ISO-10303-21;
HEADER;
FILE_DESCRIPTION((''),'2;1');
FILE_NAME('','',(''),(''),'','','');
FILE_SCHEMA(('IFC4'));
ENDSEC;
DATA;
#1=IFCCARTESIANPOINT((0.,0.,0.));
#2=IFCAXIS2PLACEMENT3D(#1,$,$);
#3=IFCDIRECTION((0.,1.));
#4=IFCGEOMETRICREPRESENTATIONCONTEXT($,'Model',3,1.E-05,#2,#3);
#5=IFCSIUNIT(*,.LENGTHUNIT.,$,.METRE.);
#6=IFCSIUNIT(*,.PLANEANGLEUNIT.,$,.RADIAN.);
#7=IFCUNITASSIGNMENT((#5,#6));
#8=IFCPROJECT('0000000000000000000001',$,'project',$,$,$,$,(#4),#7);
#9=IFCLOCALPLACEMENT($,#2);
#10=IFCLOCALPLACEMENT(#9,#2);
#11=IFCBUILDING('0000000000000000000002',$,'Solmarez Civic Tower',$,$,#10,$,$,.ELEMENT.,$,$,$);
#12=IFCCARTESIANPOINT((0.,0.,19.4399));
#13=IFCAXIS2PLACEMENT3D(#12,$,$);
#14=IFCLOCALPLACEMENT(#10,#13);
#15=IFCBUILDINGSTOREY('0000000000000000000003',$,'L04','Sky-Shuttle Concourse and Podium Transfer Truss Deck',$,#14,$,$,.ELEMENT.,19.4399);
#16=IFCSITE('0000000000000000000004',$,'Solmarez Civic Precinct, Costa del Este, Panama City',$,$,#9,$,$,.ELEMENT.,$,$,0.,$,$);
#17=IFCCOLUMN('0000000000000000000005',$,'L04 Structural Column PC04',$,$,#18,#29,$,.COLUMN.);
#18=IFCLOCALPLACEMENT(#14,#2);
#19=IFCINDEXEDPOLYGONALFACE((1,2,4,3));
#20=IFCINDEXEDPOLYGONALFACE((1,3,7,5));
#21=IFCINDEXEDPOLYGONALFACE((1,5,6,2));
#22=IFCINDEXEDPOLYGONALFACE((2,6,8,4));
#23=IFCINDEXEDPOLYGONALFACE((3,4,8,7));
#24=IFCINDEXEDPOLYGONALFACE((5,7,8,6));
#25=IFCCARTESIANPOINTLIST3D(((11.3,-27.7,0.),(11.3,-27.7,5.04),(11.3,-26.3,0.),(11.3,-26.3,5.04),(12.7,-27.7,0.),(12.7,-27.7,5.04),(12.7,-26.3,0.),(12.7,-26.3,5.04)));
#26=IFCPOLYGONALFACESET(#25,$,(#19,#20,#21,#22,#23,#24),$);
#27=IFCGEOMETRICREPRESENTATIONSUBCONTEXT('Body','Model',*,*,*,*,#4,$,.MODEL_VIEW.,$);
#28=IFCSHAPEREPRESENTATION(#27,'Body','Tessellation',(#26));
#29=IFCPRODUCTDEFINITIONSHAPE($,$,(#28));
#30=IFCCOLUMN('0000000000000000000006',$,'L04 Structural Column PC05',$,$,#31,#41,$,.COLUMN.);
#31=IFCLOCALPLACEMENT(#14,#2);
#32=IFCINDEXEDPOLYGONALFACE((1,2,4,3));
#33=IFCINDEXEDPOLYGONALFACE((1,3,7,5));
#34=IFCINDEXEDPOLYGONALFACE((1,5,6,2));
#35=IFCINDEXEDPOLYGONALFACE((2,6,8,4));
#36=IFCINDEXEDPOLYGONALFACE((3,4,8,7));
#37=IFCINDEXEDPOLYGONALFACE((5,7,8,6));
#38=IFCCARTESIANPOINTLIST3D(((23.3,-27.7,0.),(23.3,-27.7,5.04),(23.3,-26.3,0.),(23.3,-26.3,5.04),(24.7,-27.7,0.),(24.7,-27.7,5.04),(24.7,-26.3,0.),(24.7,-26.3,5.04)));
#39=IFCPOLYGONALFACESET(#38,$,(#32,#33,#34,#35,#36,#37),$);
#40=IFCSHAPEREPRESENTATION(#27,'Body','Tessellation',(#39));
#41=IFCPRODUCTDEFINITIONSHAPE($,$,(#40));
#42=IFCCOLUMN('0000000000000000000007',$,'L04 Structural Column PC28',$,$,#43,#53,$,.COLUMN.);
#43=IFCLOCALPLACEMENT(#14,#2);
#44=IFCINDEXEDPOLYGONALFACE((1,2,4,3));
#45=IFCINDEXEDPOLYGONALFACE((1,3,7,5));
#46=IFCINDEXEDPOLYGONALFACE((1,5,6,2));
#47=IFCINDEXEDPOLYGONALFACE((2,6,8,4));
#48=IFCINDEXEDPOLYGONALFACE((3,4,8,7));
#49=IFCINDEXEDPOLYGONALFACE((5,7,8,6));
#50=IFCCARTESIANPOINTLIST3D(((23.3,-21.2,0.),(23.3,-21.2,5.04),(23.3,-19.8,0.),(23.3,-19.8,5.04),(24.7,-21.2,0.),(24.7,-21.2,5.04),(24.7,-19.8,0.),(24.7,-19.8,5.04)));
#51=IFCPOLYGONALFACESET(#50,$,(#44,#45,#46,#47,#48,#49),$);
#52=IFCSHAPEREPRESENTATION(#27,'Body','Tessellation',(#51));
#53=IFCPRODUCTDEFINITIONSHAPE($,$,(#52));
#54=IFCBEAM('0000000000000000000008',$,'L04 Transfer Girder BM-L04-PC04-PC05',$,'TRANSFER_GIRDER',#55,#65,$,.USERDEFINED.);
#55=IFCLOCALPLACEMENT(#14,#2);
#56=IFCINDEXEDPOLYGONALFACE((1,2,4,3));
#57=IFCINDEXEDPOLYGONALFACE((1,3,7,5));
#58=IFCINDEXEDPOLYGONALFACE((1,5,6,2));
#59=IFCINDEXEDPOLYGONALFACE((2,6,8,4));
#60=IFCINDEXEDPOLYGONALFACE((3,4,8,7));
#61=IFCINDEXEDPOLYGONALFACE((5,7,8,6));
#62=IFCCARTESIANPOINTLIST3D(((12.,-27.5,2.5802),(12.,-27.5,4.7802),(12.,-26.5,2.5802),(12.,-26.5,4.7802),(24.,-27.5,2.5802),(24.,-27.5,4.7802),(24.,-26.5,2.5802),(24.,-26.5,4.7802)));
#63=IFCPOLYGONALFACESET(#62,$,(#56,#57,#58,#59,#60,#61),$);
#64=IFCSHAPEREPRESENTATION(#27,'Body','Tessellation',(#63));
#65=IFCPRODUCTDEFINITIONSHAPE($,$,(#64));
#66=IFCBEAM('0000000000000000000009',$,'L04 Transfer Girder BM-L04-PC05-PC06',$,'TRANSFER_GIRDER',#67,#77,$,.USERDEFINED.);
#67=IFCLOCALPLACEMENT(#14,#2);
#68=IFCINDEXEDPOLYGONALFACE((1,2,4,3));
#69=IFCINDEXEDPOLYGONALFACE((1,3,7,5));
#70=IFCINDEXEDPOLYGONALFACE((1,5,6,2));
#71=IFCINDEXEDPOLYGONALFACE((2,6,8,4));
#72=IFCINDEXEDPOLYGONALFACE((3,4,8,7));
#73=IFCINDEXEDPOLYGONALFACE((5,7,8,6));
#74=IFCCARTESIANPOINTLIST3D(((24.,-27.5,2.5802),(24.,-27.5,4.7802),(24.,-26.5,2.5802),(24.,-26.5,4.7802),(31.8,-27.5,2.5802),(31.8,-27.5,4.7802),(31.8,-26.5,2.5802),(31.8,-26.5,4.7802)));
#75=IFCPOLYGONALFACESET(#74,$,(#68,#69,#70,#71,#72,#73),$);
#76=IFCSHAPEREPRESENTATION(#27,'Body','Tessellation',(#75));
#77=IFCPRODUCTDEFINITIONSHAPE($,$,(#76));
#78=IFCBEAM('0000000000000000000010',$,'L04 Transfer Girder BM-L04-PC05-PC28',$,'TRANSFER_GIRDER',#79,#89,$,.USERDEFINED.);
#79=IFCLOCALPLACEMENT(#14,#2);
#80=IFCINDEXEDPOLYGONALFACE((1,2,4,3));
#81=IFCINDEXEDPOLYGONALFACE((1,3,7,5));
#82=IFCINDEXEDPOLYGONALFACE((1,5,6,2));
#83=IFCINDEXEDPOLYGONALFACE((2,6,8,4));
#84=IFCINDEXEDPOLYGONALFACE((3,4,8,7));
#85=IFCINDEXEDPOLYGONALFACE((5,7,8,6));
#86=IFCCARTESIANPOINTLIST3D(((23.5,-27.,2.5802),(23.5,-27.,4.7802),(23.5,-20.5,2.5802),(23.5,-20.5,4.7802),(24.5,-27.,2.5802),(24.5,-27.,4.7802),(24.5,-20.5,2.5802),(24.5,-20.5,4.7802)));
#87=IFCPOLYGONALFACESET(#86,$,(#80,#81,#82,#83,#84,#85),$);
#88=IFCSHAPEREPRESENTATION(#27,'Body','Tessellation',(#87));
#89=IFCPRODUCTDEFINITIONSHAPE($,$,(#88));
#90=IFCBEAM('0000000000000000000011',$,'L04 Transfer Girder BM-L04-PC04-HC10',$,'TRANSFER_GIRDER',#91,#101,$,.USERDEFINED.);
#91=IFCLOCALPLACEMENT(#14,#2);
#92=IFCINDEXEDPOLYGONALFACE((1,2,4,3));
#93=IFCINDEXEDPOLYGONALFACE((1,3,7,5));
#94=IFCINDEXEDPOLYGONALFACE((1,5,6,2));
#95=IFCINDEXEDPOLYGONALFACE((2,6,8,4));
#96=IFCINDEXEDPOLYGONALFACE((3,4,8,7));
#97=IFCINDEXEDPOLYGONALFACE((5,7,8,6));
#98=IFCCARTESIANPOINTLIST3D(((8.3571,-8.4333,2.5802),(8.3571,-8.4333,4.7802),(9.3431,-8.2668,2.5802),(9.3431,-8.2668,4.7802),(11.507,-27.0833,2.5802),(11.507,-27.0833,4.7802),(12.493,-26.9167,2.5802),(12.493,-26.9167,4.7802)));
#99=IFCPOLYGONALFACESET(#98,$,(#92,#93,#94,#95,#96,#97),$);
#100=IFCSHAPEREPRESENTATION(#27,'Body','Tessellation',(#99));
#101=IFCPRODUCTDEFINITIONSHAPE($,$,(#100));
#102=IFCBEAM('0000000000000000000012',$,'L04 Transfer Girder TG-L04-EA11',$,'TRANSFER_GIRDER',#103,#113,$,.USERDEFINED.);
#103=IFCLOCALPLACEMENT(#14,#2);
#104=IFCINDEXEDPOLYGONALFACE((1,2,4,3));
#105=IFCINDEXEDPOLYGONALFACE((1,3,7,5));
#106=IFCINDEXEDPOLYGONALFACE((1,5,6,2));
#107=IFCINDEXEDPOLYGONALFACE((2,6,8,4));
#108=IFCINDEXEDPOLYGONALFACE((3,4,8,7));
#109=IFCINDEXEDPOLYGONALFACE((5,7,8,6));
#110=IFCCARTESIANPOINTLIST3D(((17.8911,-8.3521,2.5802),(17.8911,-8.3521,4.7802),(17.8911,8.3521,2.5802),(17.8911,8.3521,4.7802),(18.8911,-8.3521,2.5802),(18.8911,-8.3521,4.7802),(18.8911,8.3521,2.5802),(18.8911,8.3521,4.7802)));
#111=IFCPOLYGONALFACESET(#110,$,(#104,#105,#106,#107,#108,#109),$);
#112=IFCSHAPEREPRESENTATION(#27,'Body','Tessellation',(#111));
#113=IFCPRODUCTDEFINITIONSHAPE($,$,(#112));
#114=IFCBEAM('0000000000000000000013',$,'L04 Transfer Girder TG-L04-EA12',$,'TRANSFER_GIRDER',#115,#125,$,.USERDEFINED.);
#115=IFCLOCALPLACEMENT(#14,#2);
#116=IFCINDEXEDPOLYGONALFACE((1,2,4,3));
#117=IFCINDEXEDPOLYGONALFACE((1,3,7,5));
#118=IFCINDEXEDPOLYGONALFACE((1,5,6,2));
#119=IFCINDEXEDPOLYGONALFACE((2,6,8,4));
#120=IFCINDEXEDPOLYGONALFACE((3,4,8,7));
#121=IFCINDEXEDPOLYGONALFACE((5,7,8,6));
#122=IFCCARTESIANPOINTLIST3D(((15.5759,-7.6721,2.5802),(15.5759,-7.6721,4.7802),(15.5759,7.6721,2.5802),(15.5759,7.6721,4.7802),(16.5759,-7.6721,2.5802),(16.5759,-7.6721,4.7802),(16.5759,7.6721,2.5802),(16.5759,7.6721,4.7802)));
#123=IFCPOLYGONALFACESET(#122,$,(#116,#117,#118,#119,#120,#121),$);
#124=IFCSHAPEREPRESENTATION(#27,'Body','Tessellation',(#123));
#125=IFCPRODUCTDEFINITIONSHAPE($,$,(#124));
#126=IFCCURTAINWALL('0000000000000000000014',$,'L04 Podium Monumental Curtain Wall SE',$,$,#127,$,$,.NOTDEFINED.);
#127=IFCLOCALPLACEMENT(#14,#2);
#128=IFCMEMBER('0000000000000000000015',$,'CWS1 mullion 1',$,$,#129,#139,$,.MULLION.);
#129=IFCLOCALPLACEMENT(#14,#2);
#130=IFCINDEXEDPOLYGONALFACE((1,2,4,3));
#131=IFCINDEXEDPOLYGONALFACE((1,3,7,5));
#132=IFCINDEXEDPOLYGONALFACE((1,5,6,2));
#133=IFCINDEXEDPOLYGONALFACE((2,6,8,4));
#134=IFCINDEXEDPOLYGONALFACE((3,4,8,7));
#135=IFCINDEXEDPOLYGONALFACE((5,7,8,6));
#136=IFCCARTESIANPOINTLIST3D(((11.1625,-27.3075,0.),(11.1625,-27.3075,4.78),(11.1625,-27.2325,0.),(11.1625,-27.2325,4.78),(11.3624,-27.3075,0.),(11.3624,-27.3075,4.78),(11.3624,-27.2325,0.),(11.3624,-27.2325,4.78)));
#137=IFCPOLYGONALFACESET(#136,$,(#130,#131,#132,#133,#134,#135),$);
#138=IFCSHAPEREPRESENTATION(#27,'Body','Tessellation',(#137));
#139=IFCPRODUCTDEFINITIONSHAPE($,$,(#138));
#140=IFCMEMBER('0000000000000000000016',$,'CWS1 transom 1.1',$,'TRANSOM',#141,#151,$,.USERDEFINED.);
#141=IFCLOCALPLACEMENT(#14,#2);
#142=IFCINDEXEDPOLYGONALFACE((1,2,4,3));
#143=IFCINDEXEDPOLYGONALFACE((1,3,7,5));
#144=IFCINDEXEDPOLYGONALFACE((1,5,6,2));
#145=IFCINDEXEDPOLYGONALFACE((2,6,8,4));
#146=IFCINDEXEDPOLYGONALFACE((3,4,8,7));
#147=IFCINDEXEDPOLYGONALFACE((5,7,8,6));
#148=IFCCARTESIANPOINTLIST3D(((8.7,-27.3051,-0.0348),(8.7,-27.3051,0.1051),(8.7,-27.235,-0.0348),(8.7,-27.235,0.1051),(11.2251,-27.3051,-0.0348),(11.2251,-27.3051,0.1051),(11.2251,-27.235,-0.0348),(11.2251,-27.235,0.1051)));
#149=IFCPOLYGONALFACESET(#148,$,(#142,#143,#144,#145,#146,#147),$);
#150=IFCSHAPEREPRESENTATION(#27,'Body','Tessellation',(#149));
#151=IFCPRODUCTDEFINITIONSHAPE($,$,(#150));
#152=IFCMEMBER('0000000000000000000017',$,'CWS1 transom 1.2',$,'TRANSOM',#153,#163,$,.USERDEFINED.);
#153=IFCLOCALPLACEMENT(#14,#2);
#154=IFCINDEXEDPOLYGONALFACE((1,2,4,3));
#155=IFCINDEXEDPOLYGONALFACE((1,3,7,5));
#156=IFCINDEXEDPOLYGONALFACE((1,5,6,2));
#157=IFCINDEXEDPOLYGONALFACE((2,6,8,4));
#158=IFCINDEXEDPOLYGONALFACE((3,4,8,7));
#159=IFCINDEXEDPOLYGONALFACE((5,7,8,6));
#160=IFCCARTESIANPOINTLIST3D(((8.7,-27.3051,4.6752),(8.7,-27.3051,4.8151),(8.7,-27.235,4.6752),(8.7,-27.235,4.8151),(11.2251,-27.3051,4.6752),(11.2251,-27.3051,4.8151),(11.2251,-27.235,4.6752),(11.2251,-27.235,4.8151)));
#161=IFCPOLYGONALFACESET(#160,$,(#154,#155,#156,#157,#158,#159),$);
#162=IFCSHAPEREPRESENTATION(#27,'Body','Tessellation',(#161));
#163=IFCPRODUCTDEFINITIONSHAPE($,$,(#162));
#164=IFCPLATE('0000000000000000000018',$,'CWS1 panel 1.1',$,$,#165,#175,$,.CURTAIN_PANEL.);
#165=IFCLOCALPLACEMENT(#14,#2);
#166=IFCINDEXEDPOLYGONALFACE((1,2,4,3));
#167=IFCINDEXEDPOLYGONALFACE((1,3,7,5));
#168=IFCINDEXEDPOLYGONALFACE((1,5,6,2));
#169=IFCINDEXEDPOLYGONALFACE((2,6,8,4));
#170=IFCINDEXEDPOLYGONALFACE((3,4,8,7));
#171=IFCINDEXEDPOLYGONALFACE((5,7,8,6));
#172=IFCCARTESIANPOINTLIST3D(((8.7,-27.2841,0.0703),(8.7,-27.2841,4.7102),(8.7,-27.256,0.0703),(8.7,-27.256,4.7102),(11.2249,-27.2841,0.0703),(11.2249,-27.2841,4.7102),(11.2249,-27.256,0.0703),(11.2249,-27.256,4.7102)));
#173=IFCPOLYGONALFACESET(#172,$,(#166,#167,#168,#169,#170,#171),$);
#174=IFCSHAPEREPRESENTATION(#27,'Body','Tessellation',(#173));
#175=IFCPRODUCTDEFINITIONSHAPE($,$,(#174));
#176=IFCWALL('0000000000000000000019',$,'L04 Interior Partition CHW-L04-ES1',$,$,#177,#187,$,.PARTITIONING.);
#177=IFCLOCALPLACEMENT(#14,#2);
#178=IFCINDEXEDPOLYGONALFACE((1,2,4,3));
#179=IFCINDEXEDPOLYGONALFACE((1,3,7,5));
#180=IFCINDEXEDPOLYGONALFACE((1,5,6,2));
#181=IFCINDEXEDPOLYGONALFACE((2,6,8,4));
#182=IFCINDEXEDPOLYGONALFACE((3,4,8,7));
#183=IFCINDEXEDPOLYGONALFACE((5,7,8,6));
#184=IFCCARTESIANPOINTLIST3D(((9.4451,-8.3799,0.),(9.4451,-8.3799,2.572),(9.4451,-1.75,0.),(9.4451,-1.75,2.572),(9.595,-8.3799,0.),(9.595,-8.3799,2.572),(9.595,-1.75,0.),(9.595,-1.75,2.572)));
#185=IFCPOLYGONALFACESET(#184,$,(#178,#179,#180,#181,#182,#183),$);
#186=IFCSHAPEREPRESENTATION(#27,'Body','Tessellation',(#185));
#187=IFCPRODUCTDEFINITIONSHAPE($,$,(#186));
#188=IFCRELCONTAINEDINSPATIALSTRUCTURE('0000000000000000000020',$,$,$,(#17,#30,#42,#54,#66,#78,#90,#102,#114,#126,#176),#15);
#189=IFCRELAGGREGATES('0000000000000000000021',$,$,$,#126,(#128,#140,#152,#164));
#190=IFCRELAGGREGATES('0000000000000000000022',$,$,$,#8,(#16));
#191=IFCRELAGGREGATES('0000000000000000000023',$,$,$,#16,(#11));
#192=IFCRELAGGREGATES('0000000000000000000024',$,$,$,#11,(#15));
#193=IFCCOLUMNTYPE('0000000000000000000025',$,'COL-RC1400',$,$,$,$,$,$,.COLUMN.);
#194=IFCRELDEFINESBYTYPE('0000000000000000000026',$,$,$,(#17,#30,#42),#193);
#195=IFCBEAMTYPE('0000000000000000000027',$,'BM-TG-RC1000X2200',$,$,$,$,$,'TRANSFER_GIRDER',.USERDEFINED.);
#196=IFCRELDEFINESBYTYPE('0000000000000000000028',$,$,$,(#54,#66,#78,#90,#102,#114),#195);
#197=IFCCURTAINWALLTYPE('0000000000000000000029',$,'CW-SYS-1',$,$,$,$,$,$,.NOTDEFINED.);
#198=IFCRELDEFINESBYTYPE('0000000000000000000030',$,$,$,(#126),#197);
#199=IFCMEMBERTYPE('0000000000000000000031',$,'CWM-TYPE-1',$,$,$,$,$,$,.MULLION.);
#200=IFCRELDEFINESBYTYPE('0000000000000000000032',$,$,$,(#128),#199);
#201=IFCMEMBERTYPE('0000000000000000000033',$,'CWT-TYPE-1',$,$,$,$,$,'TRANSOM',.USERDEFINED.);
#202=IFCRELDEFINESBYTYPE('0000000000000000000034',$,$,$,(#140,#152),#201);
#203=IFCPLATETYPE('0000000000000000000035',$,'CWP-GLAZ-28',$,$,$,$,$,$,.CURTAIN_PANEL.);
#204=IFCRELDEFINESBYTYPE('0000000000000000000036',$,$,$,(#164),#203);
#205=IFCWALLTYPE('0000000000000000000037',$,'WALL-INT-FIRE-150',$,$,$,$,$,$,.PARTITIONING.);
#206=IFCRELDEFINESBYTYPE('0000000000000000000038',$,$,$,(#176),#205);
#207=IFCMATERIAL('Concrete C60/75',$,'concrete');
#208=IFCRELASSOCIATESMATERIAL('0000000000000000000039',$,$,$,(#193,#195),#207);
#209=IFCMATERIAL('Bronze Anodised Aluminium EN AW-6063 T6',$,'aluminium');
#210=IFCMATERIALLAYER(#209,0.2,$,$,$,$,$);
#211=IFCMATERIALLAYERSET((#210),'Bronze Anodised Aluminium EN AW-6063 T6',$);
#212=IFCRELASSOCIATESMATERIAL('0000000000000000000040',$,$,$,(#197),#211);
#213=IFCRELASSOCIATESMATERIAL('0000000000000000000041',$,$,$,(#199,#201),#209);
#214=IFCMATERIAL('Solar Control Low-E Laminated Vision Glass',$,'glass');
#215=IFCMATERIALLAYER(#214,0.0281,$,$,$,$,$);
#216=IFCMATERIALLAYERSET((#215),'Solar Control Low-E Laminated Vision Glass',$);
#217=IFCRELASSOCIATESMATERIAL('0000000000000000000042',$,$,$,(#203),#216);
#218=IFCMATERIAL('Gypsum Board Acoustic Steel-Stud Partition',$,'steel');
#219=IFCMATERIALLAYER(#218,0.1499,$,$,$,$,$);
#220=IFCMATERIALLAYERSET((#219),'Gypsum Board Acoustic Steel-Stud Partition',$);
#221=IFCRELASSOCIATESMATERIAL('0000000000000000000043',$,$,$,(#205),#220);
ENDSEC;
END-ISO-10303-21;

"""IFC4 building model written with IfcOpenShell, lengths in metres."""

from ifc_helpers import new_model, si_unit, direction, frame, frame_2d, origin, origin_2d, place, context, subcontext, project, spatial, rectangle, extrude, material, layer, layer_set, material_profile, profile_set, type_object, element, aggregate, save


model = new_model("IFC4")

# Units and contexts
model_context = context("Model", 3, precision=1e-05, world=origin(), true_north=direction((0.0, 1.0)))
body_context = subcontext(model_context, "Body", "Model", "MODEL_VIEW")
ifc_project = project(units=[si_unit("LENGTHUNIT", "METRE"), si_unit("PLANEANGLEUNIT", "RADIAN")], contexts=[model_context])

# Site, building, storey
site_placement = place(None, origin())
site = spatial("IfcSite", under=ifc_project, at=site_placement, Name="Solmarez Civic Precinct, Costa del Este, Panama City", CompositionType="ELEMENT", RefElevation=0.0)
building_placement = place(site_placement, origin())
building = spatial("IfcBuilding", under=site, at=building_placement, Name="Solmarez Civic Tower", CompositionType="ELEMENT")
storey_placement = place(building_placement, frame((0.0, 0.0, 19.4399)))
storey = spatial("IfcBuildingStorey", under=building, at=storey_placement, Name="L04", Description="Sky-Shuttle Concourse and Podium Transfer Truss Deck", CompositionType="ELEMENT", Elevation=19.4399)

# Columns
ifc_material_1 = material(Name="Concrete C60/75", Category="concrete")
ifc_material_profile_1 = material_profile(ifc_material_1, rectangle(XDim=1.3999, YDim=1.3999, at=origin_2d()), Name="RC1400X1400")
ifc_profile_set_1 = profile_set([ifc_material_profile_1], Name="Concrete C60/75")
column_type = type_object("IfcColumnType", Name="COL-RC1400", PredefinedType="COLUMN", material=ifc_profile_set_1)
for number, where, z_axis, x_axis, name in (
    (1, (12.0, -27.0, 0.0), (0.0, 0.0, 1.0), (1.0, 0.0, 0.0), "L04 Structural Column PC04"),
    (2, (24.0, -27.0, 0.0), (0.0, 0.0, 1.0), (1.0, 0.0, 0.0), "L04 Structural Column PC05"),
    (3, (24.0, -20.5, 0.0), (0.0, 0.0, 1.0), (1.0, 0.0, 0.0), "L04 Structural Column PC28"),
):
    element("IfcColumn", number, at=place(storey_placement, frame(where, z_axis=z_axis, x_axis=x_axis)), inside=storey, type_object=column_type, Name=name, PredefinedType="COLUMN", context=body_context, shape_type="SweptSolid", body=[
        extrude(rectangle(XDim=1.3999, YDim=1.3999, at=origin_2d()), origin(), (0.0, 0.0, 1.0), 5.04),
    ])

# Beams
ifc_material_profile_2 = material_profile(ifc_material_1, rectangle(XDim=1.0, YDim=2.2, at=origin_2d()), Name="RC1000X2200")
ifc_profile_set_2 = profile_set([ifc_material_profile_2], Name="Concrete C60/75")
beam_type = type_object("IfcBeamType", Name="BM-TG-RC1000X2200", ElementType="TRANSFER_GIRDER", PredefinedType="USERDEFINED", material=ifc_profile_set_2)
beam_1_placement = place(storey_placement, frame((12.0, -27.0, 3.6802), z_axis=(1.0, 0.0, 0.0), x_axis=(0.0, 1.0, 0.0)))
element("IfcBeam", 4, at=beam_1_placement, inside=storey, type_object=beam_type, Name="L04 Transfer Girder BM-L04-PC04-PC05", ObjectType="TRANSFER_GIRDER", PredefinedType="USERDEFINED", context=body_context, shape_type="SweptSolid", body=[
    extrude(rectangle(XDim=1.0, YDim=2.2, at=origin_2d()), origin(), (0.0, 0.0, 1.0), 12.0),
])
beam_2_placement = place(storey_placement, frame((24.0, -27.0, 3.6802), z_axis=(1.0, 0.0, 0.0), x_axis=(0.0, 1.0, 0.0)))
element("IfcBeam", 5, at=beam_2_placement, inside=storey, type_object=beam_type, Name="L04 Transfer Girder BM-L04-PC05-PC06", ObjectType="TRANSFER_GIRDER", PredefinedType="USERDEFINED", context=body_context, shape_type="SweptSolid", body=[
    extrude(rectangle(XDim=1.0, YDim=2.2, at=origin_2d()), origin(), (0.0, 0.0, 1.0), 7.8),
])
beam_3_placement = place(storey_placement, frame((24.0, -27.0, 3.6802), z_axis=(0.0, 1.0, 0.0), x_axis=(-1.0, 0.0, 0.0)))
element("IfcBeam", 6, at=beam_3_placement, inside=storey, type_object=beam_type, Name="L04 Transfer Girder BM-L04-PC05-PC28", ObjectType="TRANSFER_GIRDER", PredefinedType="USERDEFINED", context=body_context, shape_type="SweptSolid", body=[
    extrude(rectangle(XDim=1.0, YDim=2.2, at=origin_2d()), origin(), (0.0, 0.0, 1.0), 6.5),
])
beam_4_placement = place(storey_placement, frame((12.0, -27.0, 3.6802), z_axis=(-0.166538, 0.986035, 0.0), x_axis=(-0.986035, -0.166538, 0.0)))
element("IfcBeam", 7, at=beam_4_placement, inside=storey, type_object=beam_type, Name="L04 Transfer Girder BM-L04-PC04-HC10", ObjectType="TRANSFER_GIRDER", PredefinedType="USERDEFINED", context=body_context, shape_type="SweptSolid", body=[
    extrude(rectangle(XDim=1.0, YDim=2.2, at=origin_2d()), origin(), (0.0, 0.0, 1.0), 18.9141),
])
beam_5_placement = place(storey_placement, frame((18.3911, -8.3521, 3.6802), z_axis=(0.0, 1.0, 0.0), x_axis=(-1.0, 0.0, 0.0)))
element("IfcBeam", 8, at=beam_5_placement, inside=storey, type_object=beam_type, Name="L04 Transfer Girder TG-L04-EA11", ObjectType="TRANSFER_GIRDER", PredefinedType="USERDEFINED", context=body_context, shape_type="SweptSolid", body=[
    extrude(rectangle(XDim=1.0, YDim=2.2, at=origin_2d()), origin(), (0.0, 0.0, 1.0), 16.7041),
])
beam_6_placement = place(storey_placement, frame((16.0759, -7.6721, 3.6802), z_axis=(0.0, 1.0, 0.0), x_axis=(-1.0, 0.0, 0.0)))
element("IfcBeam", 9, at=beam_6_placement, inside=storey, type_object=beam_type, Name="L04 Transfer Girder TG-L04-EA12", ObjectType="TRANSFER_GIRDER", PredefinedType="USERDEFINED", context=body_context, shape_type="SweptSolid", body=[
    extrude(rectangle(XDim=1.0, YDim=2.2, at=origin_2d()), origin(), (0.0, 0.0, 1.0), 15.3442),
])

# Curtain wall, members, plate
ifc_material_2 = material(Name="Bronze Anodised Aluminium EN AW-6063 T6", Category="aluminium")
ifc_layer_1 = layer(ifc_material_2, 0.2)
ifc_layer_set_1 = layer_set([ifc_layer_1], Name="Bronze Anodised Aluminium EN AW-6063 T6")
curtain_wall_type = type_object("IfcCurtainWallType", Name="CW-SYS-1", PredefinedType="NOTDEFINED", material=ifc_layer_set_1)
curtain_wall_placement = place(storey_placement, origin())
curtain_wall = element("IfcCurtainWall", 10, at=curtain_wall_placement, inside=storey, type_object=curtain_wall_type, Name="L04 Podium Monumental Curtain Wall SE", PredefinedType="NOTDEFINED")
ifc_material_profile_3 = material_profile(ifc_material_2, rectangle(XDim=0.075, YDim=0.2, at=origin_2d()), Name="CWM-75X200")
ifc_profile_set_3 = profile_set([ifc_material_profile_3], Name="Bronze Anodised Aluminium EN AW-6063 T6")
member_type_1 = type_object("IfcMemberType", Name="CWM-TYPE-1", PredefinedType="MULLION", material=ifc_profile_set_3)
member_1_placement = place(storey_placement, frame((11.2625, -27.27, 0.0), z_axis=(0.0, 0.0, 1.0), x_axis=(0.0, -1.0, 0.0)))
member_1 = element("IfcMember", 11, at=member_1_placement, type_object=member_type_1, Name="CWS1 mullion 1", PredefinedType="MULLION", context=body_context, shape_type="SweptSolid", body=[
    extrude(rectangle(XDim=0.075, YDim=0.2, at=origin_2d()), origin(), (0.0, 0.0, 1.0), 4.78),
])
ifc_material_profile_4 = material_profile(ifc_material_2, rectangle(XDim=0.0701, YDim=0.1399, at=origin_2d()), Name="CWT-70X140")
ifc_profile_set_4 = profile_set([ifc_material_profile_4], Name="Bronze Anodised Aluminium EN AW-6063 T6")
member_type_2 = type_object("IfcMemberType", Name="CWT-TYPE-1", ElementType="TRANSOM", PredefinedType="USERDEFINED", material=ifc_profile_set_4)
member_2_placement = place(storey_placement, frame((11.2251, -27.27, 0.0352), z_axis=(-1.0, 0.0, 0.0), x_axis=(0.0, -1.0, 0.0)))
member_2 = element("IfcMember", 12, at=member_2_placement, type_object=member_type_2, Name="CWS1 transom 1.1", ObjectType="TRANSOM", PredefinedType="USERDEFINED", context=body_context, shape_type="SweptSolid", body=[
    extrude(rectangle(XDim=0.0701, YDim=0.1399, at=origin_2d()), origin(), (0.0, 0.0, 1.0), 2.5251),
])
member_3_placement = place(storey_placement, frame((11.2251, -27.27, 4.7451), z_axis=(-1.0, 0.0, 0.0), x_axis=(0.0, -1.0, 0.0)))
member_3 = element("IfcMember", 13, at=member_3_placement, type_object=member_type_2, Name="CWS1 transom 1.2", ObjectType="TRANSOM", PredefinedType="USERDEFINED", context=body_context, shape_type="SweptSolid", body=[
    extrude(rectangle(XDim=0.0701, YDim=0.1399, at=origin_2d()), origin(), (0.0, 0.0, 1.0), 2.5251),
])
ifc_material_3 = material(Name="Solar Control Low-E Laminated Vision Glass", Category="glass")
ifc_layer_2 = layer(ifc_material_3, 0.0281)
ifc_layer_set_2 = layer_set([ifc_layer_2], Name="Solar Control Low-E Laminated Vision Glass")
plate_type = type_object("IfcPlateType", Name="CWP-GLAZ-28", PredefinedType="CURTAIN_PANEL", material=ifc_layer_set_2)
plate_placement = place(storey_placement, frame((9.9624, -27.27, 0.0703), z_axis=(0.0, 0.0, 1.0), x_axis=(-1.0, 0.0, 0.0)))
plate = element("IfcPlate", 14, at=plate_placement, type_object=plate_type, Name="CWS1 panel 1.1", PredefinedType="CURTAIN_PANEL", context=body_context, shape_type="SweptSolid", body=[
    extrude(rectangle(XDim=2.5249, YDim=0.0281, at=origin_2d()), origin(), (0.0, 0.0, 1.0), 4.6399),
])
aggregate(curtain_wall, [member_1, member_2, member_3, plate])

# Wall
ifc_material_4 = material(Name="Gypsum Board Acoustic Steel-Stud Partition", Category="steel")
ifc_layer_3 = layer(ifc_material_4, 0.1499)
ifc_layer_set_3 = layer_set([ifc_layer_3], Name="Gypsum Board Acoustic Steel-Stud Partition")
wall_type_1 = type_object("IfcWallType", Name="WALL-INT-FIRE-150", PredefinedType="PARTITIONING", material=ifc_layer_set_3)
wall_1_placement = place(storey_placement, frame((9.52, -8.3799, 0.0), z_axis=(0.0, 0.0, 1.0), x_axis=(0.0, 1.0, 0.0)))
element("IfcWall", 15, at=wall_1_placement, inside=storey, type_object=wall_type_1, Name="L04 Interior Partition CHW-L04-ES1", PredefinedType="PARTITIONING", context=body_context, shape_type="SweptSolid", body=[
    extrude(rectangle(XDim=6.6299, YDim=0.1499, at=frame_2d((3.3149, 0.0))), origin(), (0.0, 0.0, 1.0), 2.572),
])

save(model, "model.ifc")
